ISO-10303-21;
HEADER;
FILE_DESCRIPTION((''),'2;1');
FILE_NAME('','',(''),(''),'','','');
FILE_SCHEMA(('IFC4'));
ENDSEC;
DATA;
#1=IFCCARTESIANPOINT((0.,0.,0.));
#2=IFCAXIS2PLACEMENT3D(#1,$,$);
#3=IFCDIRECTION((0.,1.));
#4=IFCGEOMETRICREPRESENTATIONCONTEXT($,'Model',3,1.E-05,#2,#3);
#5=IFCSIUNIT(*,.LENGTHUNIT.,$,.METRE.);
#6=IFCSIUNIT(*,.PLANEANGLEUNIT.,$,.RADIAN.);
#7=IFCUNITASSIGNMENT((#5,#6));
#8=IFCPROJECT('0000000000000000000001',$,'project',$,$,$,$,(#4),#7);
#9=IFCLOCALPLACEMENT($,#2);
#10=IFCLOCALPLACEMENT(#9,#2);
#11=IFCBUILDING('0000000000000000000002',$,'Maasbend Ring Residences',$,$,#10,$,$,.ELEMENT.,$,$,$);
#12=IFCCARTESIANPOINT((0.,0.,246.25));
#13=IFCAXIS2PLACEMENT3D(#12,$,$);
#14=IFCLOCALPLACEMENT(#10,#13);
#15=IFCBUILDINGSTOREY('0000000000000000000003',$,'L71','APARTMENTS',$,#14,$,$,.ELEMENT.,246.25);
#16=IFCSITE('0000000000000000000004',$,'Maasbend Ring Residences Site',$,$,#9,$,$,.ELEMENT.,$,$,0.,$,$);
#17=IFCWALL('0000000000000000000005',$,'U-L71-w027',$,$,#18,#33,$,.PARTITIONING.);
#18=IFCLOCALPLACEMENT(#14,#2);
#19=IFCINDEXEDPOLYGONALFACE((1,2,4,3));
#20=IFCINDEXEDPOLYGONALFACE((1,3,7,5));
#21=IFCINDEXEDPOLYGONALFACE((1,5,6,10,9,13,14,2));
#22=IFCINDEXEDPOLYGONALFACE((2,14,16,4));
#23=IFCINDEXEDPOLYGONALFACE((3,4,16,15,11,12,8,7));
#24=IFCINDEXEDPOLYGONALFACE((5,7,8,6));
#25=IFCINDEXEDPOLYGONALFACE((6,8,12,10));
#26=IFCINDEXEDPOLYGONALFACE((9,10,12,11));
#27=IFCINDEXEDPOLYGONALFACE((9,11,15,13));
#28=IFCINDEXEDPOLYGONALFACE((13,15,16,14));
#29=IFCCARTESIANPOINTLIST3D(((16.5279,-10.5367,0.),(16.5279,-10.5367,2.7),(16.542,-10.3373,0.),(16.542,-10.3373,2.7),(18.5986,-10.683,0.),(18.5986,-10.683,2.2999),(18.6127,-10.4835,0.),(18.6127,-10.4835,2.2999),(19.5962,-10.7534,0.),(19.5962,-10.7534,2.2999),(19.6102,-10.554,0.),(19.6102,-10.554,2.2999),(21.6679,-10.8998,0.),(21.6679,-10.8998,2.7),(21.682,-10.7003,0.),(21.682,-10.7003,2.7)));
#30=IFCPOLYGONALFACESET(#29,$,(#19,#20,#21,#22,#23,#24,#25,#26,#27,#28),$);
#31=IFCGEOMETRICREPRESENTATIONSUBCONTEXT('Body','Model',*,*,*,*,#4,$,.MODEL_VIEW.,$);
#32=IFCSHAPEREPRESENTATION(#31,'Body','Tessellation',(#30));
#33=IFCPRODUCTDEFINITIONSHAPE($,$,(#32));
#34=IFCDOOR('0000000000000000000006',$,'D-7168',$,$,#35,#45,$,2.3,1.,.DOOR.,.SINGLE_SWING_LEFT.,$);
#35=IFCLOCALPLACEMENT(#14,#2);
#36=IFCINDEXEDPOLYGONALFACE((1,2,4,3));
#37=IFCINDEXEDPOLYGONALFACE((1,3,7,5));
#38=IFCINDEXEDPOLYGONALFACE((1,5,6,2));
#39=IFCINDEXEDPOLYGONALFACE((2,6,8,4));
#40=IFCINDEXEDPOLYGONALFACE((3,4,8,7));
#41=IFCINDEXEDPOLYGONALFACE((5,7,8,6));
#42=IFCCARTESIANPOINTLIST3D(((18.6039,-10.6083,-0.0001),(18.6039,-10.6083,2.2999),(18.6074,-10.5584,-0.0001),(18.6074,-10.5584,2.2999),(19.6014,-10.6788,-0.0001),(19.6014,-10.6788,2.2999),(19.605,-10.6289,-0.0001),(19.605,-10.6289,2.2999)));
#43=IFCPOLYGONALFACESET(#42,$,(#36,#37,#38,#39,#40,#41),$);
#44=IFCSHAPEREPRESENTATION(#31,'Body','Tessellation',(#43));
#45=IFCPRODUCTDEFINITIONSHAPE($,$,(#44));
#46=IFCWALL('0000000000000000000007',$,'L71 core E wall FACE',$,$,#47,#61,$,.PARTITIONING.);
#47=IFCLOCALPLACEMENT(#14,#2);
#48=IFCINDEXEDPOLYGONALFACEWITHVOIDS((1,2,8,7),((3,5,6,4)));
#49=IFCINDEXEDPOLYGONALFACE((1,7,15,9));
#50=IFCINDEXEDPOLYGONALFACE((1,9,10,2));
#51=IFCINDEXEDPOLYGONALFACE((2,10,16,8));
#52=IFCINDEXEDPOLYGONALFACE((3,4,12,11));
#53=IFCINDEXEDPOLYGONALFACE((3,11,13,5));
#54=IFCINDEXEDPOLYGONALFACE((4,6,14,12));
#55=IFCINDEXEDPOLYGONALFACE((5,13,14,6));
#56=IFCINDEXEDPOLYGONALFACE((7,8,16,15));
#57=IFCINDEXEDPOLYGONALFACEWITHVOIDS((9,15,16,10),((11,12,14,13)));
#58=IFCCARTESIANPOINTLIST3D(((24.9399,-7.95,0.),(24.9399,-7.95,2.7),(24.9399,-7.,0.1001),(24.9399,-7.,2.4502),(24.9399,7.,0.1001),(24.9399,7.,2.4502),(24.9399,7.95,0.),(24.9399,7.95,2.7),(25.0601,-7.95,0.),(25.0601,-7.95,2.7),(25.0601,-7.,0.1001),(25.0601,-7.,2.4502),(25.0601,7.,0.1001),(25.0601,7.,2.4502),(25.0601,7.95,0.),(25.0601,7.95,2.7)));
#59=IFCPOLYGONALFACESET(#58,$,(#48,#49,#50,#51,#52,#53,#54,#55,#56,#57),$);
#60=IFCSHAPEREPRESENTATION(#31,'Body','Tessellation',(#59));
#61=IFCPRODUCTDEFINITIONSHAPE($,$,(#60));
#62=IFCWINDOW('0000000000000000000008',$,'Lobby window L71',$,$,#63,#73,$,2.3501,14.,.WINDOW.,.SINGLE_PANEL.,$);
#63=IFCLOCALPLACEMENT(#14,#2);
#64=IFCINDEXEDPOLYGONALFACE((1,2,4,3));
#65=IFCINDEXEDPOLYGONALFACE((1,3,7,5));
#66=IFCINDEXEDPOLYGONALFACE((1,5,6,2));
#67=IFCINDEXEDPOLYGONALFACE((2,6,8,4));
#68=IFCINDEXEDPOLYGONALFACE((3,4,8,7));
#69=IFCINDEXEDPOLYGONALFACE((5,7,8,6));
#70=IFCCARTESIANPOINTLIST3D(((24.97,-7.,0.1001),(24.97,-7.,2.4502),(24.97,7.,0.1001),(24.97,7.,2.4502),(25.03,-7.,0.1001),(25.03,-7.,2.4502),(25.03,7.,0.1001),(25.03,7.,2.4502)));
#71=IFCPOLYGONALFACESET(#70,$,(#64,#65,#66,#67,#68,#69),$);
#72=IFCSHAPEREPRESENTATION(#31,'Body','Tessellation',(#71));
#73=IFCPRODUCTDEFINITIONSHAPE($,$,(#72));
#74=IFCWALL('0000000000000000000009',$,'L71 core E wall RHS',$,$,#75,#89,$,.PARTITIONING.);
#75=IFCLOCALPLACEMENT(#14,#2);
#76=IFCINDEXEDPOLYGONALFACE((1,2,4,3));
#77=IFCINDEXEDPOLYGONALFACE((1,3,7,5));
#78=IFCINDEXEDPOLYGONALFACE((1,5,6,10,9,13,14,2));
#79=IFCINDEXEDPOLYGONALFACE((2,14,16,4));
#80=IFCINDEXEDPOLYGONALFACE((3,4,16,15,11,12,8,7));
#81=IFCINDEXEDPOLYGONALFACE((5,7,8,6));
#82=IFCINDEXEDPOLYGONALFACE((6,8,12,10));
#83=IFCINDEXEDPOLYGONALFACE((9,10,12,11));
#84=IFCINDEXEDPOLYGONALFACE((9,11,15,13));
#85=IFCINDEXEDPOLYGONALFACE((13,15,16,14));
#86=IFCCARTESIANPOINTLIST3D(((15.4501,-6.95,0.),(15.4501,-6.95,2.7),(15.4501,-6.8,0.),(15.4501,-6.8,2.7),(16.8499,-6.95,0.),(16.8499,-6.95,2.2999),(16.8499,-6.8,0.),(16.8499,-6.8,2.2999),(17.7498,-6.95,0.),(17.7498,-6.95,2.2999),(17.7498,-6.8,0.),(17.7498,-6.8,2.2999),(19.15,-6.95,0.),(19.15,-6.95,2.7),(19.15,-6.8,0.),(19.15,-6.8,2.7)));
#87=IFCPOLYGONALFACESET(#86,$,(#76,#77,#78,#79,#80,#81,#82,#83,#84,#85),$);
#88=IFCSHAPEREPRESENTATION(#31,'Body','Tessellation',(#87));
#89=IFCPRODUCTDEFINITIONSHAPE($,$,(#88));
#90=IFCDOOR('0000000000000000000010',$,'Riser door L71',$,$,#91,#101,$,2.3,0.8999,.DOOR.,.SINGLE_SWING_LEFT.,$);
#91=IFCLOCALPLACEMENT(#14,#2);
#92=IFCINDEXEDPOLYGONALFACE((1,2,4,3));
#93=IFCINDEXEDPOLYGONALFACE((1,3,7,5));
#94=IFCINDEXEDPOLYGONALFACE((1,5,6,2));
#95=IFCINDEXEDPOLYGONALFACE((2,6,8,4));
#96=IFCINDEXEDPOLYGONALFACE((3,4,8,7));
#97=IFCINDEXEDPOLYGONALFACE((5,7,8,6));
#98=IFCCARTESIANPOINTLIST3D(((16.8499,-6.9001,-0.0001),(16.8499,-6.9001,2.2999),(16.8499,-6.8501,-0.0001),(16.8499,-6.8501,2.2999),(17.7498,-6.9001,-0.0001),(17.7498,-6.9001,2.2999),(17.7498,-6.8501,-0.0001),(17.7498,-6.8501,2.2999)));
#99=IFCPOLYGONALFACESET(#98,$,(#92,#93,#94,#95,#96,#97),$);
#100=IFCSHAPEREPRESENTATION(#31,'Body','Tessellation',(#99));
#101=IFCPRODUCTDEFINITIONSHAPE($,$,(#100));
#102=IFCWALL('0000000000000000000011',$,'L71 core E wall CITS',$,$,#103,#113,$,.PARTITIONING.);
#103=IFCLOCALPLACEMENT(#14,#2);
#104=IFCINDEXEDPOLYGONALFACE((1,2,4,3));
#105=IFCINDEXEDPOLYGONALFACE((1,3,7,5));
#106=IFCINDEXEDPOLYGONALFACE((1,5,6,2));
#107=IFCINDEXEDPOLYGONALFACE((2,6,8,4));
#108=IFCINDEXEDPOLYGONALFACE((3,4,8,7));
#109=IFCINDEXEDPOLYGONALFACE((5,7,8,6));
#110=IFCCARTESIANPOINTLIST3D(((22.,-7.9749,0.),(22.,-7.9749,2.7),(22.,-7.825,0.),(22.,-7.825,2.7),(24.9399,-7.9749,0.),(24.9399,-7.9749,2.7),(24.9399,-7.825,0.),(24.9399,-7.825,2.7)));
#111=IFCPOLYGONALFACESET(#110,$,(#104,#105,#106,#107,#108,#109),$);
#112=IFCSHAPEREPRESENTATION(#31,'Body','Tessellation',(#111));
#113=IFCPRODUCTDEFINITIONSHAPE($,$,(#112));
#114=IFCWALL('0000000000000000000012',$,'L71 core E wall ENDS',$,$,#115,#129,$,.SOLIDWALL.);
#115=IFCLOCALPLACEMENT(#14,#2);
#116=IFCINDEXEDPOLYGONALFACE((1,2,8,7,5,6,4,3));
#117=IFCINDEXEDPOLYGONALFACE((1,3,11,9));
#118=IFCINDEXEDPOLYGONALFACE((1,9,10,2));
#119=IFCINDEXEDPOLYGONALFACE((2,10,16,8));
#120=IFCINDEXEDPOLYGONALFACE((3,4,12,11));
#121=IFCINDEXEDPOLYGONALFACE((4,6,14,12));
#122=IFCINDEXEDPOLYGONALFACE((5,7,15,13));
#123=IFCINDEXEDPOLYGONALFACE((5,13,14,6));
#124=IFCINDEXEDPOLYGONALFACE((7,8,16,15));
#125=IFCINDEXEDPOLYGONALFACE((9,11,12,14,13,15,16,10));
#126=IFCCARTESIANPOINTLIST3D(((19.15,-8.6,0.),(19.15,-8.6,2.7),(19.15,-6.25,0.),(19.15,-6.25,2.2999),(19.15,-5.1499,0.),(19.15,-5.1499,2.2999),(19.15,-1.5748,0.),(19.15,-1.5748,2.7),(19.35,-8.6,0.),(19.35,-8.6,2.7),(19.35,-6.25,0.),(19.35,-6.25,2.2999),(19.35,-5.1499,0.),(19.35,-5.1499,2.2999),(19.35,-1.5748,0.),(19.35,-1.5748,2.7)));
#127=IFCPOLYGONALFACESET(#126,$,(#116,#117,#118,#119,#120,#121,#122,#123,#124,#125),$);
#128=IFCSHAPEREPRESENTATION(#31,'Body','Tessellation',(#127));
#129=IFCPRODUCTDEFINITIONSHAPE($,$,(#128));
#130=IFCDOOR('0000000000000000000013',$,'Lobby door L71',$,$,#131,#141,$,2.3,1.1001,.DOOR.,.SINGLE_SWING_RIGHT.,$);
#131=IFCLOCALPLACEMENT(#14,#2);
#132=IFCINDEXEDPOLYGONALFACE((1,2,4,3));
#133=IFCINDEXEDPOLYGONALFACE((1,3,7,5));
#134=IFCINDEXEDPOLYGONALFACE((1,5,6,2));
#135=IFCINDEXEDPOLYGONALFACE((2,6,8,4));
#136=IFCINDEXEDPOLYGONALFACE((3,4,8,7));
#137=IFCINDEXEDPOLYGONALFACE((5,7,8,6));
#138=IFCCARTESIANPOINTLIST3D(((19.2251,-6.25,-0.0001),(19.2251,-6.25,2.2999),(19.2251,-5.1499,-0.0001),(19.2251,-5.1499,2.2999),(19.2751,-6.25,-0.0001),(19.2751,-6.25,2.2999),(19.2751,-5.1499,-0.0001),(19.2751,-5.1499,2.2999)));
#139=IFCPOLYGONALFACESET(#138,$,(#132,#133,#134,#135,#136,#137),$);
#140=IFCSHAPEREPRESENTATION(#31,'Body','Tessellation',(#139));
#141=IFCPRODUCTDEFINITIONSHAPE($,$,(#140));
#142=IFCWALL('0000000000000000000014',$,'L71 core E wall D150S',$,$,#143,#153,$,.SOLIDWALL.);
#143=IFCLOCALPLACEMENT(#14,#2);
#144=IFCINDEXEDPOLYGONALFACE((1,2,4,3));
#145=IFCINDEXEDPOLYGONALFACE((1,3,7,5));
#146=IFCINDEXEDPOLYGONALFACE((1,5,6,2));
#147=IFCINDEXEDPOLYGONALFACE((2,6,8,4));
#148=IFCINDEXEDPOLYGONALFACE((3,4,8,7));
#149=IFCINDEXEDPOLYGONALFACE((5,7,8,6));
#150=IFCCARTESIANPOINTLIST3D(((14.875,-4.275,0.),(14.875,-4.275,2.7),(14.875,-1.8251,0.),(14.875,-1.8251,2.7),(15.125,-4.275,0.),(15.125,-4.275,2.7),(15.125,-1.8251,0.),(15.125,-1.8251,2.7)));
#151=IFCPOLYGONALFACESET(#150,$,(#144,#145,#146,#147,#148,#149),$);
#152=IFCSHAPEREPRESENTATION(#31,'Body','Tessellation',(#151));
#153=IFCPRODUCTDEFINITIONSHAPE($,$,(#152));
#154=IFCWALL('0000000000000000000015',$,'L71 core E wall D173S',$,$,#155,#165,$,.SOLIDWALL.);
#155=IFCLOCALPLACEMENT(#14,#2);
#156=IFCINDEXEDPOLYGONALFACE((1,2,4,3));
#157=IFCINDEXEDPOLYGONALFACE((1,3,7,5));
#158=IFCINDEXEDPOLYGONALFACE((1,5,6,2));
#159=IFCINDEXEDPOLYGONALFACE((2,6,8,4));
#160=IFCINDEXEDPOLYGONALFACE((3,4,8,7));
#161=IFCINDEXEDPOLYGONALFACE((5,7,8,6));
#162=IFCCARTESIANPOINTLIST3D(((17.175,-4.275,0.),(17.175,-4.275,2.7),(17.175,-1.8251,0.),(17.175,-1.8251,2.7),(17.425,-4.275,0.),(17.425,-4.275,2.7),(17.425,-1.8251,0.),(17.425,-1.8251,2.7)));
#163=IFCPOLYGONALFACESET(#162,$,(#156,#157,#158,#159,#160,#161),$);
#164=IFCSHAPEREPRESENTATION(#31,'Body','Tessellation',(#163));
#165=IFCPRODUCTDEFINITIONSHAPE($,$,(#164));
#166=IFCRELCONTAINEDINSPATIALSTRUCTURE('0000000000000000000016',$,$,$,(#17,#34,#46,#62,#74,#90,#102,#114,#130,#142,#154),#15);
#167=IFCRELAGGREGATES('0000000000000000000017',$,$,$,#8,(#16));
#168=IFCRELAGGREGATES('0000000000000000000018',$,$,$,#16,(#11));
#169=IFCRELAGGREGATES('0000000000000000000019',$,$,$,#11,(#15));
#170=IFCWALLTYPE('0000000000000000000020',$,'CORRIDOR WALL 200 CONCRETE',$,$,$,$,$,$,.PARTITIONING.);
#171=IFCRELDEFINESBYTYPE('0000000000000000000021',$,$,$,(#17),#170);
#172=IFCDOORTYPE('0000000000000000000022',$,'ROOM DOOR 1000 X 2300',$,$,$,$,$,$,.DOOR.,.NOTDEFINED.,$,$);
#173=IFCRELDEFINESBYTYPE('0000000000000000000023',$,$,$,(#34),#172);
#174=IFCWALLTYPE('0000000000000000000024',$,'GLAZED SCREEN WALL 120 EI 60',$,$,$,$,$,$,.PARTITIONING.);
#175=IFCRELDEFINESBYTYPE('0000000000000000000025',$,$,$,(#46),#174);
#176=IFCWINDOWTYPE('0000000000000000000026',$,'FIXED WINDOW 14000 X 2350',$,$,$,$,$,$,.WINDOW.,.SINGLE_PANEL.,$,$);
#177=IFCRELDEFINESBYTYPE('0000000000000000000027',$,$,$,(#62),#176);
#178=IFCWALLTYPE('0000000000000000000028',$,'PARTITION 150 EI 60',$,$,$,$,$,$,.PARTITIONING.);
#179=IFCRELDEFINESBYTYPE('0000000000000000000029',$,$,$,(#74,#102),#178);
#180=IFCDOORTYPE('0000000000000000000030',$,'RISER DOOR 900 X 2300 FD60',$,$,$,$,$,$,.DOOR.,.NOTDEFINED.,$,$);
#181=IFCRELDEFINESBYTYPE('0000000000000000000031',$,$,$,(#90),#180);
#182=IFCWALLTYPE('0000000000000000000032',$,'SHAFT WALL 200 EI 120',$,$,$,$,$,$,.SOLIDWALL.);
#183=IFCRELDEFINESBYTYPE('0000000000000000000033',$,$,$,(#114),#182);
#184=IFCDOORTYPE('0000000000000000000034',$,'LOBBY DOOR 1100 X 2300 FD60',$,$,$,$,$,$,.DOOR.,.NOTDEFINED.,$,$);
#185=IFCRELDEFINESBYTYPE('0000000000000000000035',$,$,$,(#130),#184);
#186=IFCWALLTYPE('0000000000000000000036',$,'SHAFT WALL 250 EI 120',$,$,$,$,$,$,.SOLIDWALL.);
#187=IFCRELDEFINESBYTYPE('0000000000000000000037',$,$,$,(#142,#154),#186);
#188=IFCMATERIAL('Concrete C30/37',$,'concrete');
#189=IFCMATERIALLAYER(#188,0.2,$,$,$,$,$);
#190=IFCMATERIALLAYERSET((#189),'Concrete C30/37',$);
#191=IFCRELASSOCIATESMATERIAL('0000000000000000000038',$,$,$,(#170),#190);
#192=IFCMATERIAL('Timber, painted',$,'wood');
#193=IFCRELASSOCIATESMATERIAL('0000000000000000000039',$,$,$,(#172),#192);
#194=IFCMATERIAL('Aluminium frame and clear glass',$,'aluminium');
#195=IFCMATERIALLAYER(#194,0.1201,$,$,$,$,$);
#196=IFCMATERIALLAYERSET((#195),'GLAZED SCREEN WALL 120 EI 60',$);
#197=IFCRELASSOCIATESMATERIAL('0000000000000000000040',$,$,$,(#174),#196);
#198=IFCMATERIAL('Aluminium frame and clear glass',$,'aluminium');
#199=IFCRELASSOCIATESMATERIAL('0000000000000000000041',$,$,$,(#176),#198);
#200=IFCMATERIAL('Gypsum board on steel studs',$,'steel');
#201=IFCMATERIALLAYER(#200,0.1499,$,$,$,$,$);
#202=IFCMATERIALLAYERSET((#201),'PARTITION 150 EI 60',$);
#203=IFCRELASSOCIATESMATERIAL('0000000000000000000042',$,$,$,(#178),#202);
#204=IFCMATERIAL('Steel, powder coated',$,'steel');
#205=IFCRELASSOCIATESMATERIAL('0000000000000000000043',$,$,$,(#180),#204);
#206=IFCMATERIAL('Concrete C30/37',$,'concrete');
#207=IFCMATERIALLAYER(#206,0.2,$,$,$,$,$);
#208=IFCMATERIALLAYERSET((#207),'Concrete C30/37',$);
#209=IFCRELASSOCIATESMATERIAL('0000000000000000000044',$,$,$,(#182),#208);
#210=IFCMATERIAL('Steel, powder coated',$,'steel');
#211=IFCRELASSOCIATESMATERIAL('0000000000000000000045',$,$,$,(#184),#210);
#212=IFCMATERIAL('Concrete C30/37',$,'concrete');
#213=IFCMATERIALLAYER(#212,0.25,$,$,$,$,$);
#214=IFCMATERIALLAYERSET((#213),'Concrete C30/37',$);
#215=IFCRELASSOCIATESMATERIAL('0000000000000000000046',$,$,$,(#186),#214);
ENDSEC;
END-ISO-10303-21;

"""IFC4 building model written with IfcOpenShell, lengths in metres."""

from ifc_helpers import new_model, si_unit, direction, frame, frame_2d, origin, place, context, subcontext, project, spatial, rectangle, extrude, material, layer, layer_set, type_object, element, fill, save


model = new_model("IFC4")

# Units and contexts
model_context = context("Model", 3, precision=1e-05, world=origin(), true_north=direction((0.0, 1.0)))
body_context = subcontext(model_context, "Body", "Model", "MODEL_VIEW")
ifc_project = project(units=[si_unit("LENGTHUNIT", "METRE"), si_unit("PLANEANGLEUNIT", "RADIAN")], contexts=[model_context])

# Site, building, storey
site_placement = place(None, origin())
site = spatial("IfcSite", under=ifc_project, at=site_placement, Name="Maasbend Ring Residences Site", CompositionType="ELEMENT", RefElevation=0.0)
building_placement = place(site_placement, origin())
building = spatial("IfcBuilding", under=site, at=building_placement, Name="Maasbend Ring Residences", CompositionType="ELEMENT")
storey_placement = place(building_placement, frame((0.0, 0.0, 246.25)))
storey = spatial("IfcBuildingStorey", under=building, at=storey_placement, Name="L71", Description="APARTMENTS", CompositionType="ELEMENT", Elevation=246.25)

# Shared definitions
ifc_material_1 = material(Name="Concrete C30/37", Category="concrete")
ifc_layer_1 = layer(ifc_material_1, 0.2)
ifc_layer_set_1 = layer_set([ifc_layer_1], Name="Concrete C30/37")
wall_type_1 = type_object("IfcWallType", Name="CORRIDOR WALL 200 CONCRETE", PredefinedType="PARTITIONING", material=ifc_layer_set_1)

# Wall, opening, door
wall_1_placement = place(storey_placement, frame((16.5349, -10.437, 0.0), z_axis=(0.0, 0.0, 1.0), x_axis=(0.997515, -0.070452, 0.0)))
wall_1 = element("IfcWall", 1, at=wall_1_placement, inside=storey, type_object=wall_type_1, Name="U-L71-w027", PredefinedType="PARTITIONING", context=body_context, shape_type="SweptSolid", body=[
    extrude(rectangle(XDim=5.1528, YDim=0.2, at=frame_2d((2.5764, 0.0))), origin(), (0.0, 0.0, 1.0), 2.7),
])
opening_1_placement = place(wall_1_placement, frame((2.0759, 0.0, 0.0)))
opening_1 = element("IfcOpeningElement", 2, at=opening_1_placement, cuts=wall_1, PredefinedType="OPENING", context=body_context, shape_type="SweptSolid", body=[
    extrude(rectangle(XDim=1.0, YDim=2.3, at=frame_2d((0.5, 1.1499))), frame((0.0, 0.1099, 0.0), z_axis=(0.0, -1.0, 0.0), x_axis=(1.0, 0.0, 0.0)), (0.0, 0.0, 1.0), 0.22),
])
ifc_material_2 = material(Name="Timber, painted", Category="wood")
door_type_1 = type_object("IfcDoorType", Name="ROOM DOOR 1000 X 2300", OperationType="NOTDEFINED", PredefinedType="DOOR", material=ifc_material_2)
door_1_placement = place(opening_1_placement, origin())
door_1 = element("IfcDoor", 3, at=door_1_placement, inside=storey, type_object=door_type_1, Name="D-7168", OperationType="SINGLE_SWING_LEFT", OverallHeight=2.3, OverallWidth=1.0, PredefinedType="DOOR", context=body_context, shape_type="SweptSolid", body=[
    extrude(rectangle(XDim=1.0, YDim=2.3, at=frame_2d((0.5, 1.1499))), frame((0.0, 0.0249, 0.0), z_axis=(0.0, -1.0, 0.0), x_axis=(1.0, 0.0, 0.0)), (0.0, 0.0, 1.0), 0.05),
])
fill(opening_1, door_1)

# Wall, opening, window
ifc_material_3 = material(Name="Aluminium frame and clear glass", Category="aluminium")
ifc_layer_2 = layer(ifc_material_3, 0.1201)
ifc_layer_set_2 = layer_set([ifc_layer_2], Name="GLAZED SCREEN WALL 120 EI 60")
wall_type_2 = type_object("IfcWallType", Name="GLAZED SCREEN WALL 120 EI 60", PredefinedType="PARTITIONING", material=ifc_layer_set_2)
wall_2_placement = place(storey_placement, frame((25.0, -7.95, 0.0), z_axis=(0.0, 0.0, 1.0), x_axis=(0.0, 1.0, 0.0)))
wall_2 = element("IfcWall", 4, at=wall_2_placement, inside=storey, type_object=wall_type_2, Name="L71 core E wall FACE", PredefinedType="PARTITIONING", context=body_context, shape_type="SweptSolid", body=[
    extrude(rectangle(XDim=15.8999, YDim=0.1201, at=frame_2d((7.95, 0.0))), origin(), (0.0, 0.0, 1.0), 2.7),
])
opening_2_placement = place(wall_2_placement, frame((0.95, 0.0, 0.1001)))
opening_2 = element("IfcOpeningElement", 5, at=opening_2_placement, cuts=wall_2, PredefinedType="OPENING", context=body_context, shape_type="SweptSolid", body=[
    extrude(rectangle(XDim=14.0, YDim=2.3501, at=frame_2d((7.0, 1.175))), frame((0.0, 0.0701, 0.0), z_axis=(0.0, -1.0, 0.0), x_axis=(1.0, 0.0, 0.0)), (0.0, 0.0, 1.0), 0.1401),
])
ifc_material_4 = material(Name="Aluminium frame and clear glass", Category="aluminium")
window_type = type_object("IfcWindowType", Name="FIXED WINDOW 14000 X 2350", PartitioningType="SINGLE_PANEL", PredefinedType="WINDOW", material=ifc_material_4)
window_placement = place(opening_2_placement, origin())
window = element("IfcWindow", 6, at=window_placement, inside=storey, type_object=window_type, Name="Lobby window L71", OverallHeight=2.3501, OverallWidth=14.0, PartitioningType="SINGLE_PANEL", PredefinedType="WINDOW", context=body_context, shape_type="SweptSolid", body=[
    extrude(rectangle(XDim=14.0, YDim=2.3501, at=frame_2d((7.0, 1.175))), frame((0.0, 0.03, 0.0), z_axis=(0.0, -1.0, 0.0), x_axis=(1.0, 0.0, 0.0)), (0.0, 0.0, 1.0), 0.0601),
])
fill(opening_2, window)

# Wall, opening, door
ifc_material_5 = material(Name="Gypsum board on steel studs", Category="steel")
ifc_layer_3 = layer(ifc_material_5, 0.1499)
ifc_layer_set_3 = layer_set([ifc_layer_3], Name="PARTITION 150 EI 60")
wall_type_3 = type_object("IfcWallType", Name="PARTITION 150 EI 60", PredefinedType="PARTITIONING", material=ifc_layer_set_3)
wall_3_placement = place(storey_placement, frame((15.45, -6.875, 0.0), z_axis=(0.0, 0.0, 1.0), x_axis=(1.0, 0.0, 0.0)))
wall_3 = element("IfcWall", 7, at=wall_3_placement, inside=storey, type_object=wall_type_3, Name="L71 core E wall RHS", PredefinedType="PARTITIONING", context=body_context, shape_type="SweptSolid", body=[
    extrude(rectangle(XDim=3.7, YDim=0.1499, at=frame_2d((1.8501, 0.0))), origin(), (0.0, 0.0, 1.0), 2.7),
])
opening_3_placement = place(wall_3_placement, frame((1.3999, 0.0, 0.0)))
opening_3 = element("IfcOpeningElement", 8, at=opening_3_placement, cuts=wall_3, PredefinedType="OPENING", context=body_context, shape_type="SweptSolid", body=[
    extrude(rectangle(XDim=0.8999, YDim=2.3, at=frame_2d((0.45, 1.1499))), frame((0.0, 0.085, 0.0), z_axis=(0.0, -1.0, 0.0), x_axis=(1.0, 0.0, 0.0)), (0.0, 0.0, 1.0), 0.1699),
])
ifc_material_6 = material(Name="Steel, powder coated", Category="steel")
door_type_2 = type_object("IfcDoorType", Name="RISER DOOR 900 X 2300 FD60", OperationType="NOTDEFINED", PredefinedType="DOOR", material=ifc_material_6)
door_2_placement = place(opening_3_placement, origin())
door_2 = element("IfcDoor", 9, at=door_2_placement, inside=storey, type_object=door_type_2, Name="Riser door L71", OperationType="SINGLE_SWING_LEFT", OverallHeight=2.3, OverallWidth=0.8999, PredefinedType="DOOR", context=body_context, shape_type="SweptSolid", body=[
    extrude(rectangle(XDim=0.8999, YDim=2.3, at=frame_2d((0.45, 1.1499))), frame((0.0, 0.0249, 0.0), z_axis=(0.0, -1.0, 0.0), x_axis=(1.0, 0.0, 0.0)), (0.0, 0.0, 1.0), 0.05),
])
fill(opening_3, door_2)

# Wall
wall_4_placement = place(storey_placement, frame((22.0, -7.8999, 0.0), z_axis=(0.0, 0.0, 1.0), x_axis=(1.0, 0.0, 0.0)))
element("IfcWall", 10, at=wall_4_placement, inside=storey, type_object=wall_type_3, Name="L71 core E wall CITS", PredefinedType="PARTITIONING", context=body_context, shape_type="SweptSolid", body=[
    extrude(rectangle(XDim=2.9399, YDim=0.1499, at=frame_2d((1.47, 0.0))), origin(), (0.0, 0.0, 1.0), 2.7),
])

# Wall, opening, door
ifc_material_7 = material(Name="Concrete C30/37", Category="concrete")
ifc_layer_4 = layer(ifc_material_7, 0.2)
ifc_layer_set_4 = layer_set([ifc_layer_4], Name="Concrete C30/37")
wall_type_4 = type_object("IfcWallType", Name="SHAFT WALL 200 EI 120", PredefinedType="SOLIDWALL", material=ifc_layer_set_4)
wall_5_placement = place(storey_placement, frame((19.25, -8.6001, 0.0), z_axis=(0.0, 0.0, 1.0), x_axis=(0.0, 1.0, 0.0)))
wall_5 = element("IfcWall", 11, at=wall_5_placement, inside=storey, type_object=wall_type_4, Name="L71 core E wall ENDS", PredefinedType="SOLIDWALL", context=body_context, shape_type="SweptSolid", body=[
    extrude(rectangle(XDim=7.0251, YDim=0.2, at=frame_2d((3.5127, 0.0))), origin(), (0.0, 0.0, 1.0), 2.7),
])
opening_4_placement = place(wall_5_placement, frame((2.3501, 0.0, 0.0)))
opening_4 = element("IfcOpeningElement", 12, at=opening_4_placement, cuts=wall_5, PredefinedType="OPENING", context=body_context, shape_type="SweptSolid", body=[
    extrude(rectangle(XDim=1.1001, YDim=2.3, at=frame_2d((0.55, 1.1499))), frame((0.0, 0.1099, 0.0), z_axis=(0.0, -1.0, 0.0), x_axis=(1.0, 0.0, 0.0)), (0.0, 0.0, 1.0), 0.22),
])
ifc_material_8 = material(Name="Steel, powder coated", Category="steel")
door_type_3 = type_object("IfcDoorType", Name="LOBBY DOOR 1100 X 2300 FD60", OperationType="NOTDEFINED", PredefinedType="DOOR", material=ifc_material_8)
door_3_placement = place(opening_4_placement, origin())
door_3 = element("IfcDoor", 13, at=door_3_placement, inside=storey, type_object=door_type_3, Name="Lobby door L71", OperationType="SINGLE_SWING_RIGHT", OverallHeight=2.3, OverallWidth=1.1001, PredefinedType="DOOR", context=body_context, shape_type="SweptSolid", body=[
    extrude(rectangle(XDim=1.1001, YDim=2.3, at=frame_2d((0.55, 1.1499))), frame((0.0, 0.0249, 0.0), z_axis=(0.0, -1.0, 0.0), x_axis=(1.0, 0.0, 0.0)), (0.0, 0.0, 1.0), 0.05),
])
fill(opening_4, door_3)

# Walls
ifc_material_9 = material(Name="Concrete C30/37", Category="concrete")
ifc_layer_5 = layer(ifc_material_9, 0.25)
ifc_layer_set_5 = layer_set([ifc_layer_5], Name="Concrete C30/37")
wall_type_5 = type_object("IfcWallType", Name="SHAFT WALL 250 EI 120", PredefinedType="SOLIDWALL", material=ifc_layer_set_5)
for number, where, z_axis, x_axis, name in (
    (14, (15.0, -1.825, 0.0), (0.0, 0.0, 1.0), (0.0, -1.0, 0.0), "L71 core E wall D150S"),
    (15, (17.3, -1.825, 0.0), (0.0, 0.0, 1.0), (0.0, -1.0, 0.0), "L71 core E wall D173S"),
):
    element("IfcWall", number, at=place(storey_placement, frame(where, z_axis=z_axis, x_axis=x_axis)), inside=storey, type_object=wall_type_5, Name=name, PredefinedType="SOLIDWALL", context=body_context, shape_type="SweptSolid", body=[
        extrude(rectangle(XDim=2.45, YDim=0.25, at=frame_2d((1.2251, 0.0))), origin(), (0.0, 0.0, 1.0), 2.7),
    ])

save(model, "model.ifc")
